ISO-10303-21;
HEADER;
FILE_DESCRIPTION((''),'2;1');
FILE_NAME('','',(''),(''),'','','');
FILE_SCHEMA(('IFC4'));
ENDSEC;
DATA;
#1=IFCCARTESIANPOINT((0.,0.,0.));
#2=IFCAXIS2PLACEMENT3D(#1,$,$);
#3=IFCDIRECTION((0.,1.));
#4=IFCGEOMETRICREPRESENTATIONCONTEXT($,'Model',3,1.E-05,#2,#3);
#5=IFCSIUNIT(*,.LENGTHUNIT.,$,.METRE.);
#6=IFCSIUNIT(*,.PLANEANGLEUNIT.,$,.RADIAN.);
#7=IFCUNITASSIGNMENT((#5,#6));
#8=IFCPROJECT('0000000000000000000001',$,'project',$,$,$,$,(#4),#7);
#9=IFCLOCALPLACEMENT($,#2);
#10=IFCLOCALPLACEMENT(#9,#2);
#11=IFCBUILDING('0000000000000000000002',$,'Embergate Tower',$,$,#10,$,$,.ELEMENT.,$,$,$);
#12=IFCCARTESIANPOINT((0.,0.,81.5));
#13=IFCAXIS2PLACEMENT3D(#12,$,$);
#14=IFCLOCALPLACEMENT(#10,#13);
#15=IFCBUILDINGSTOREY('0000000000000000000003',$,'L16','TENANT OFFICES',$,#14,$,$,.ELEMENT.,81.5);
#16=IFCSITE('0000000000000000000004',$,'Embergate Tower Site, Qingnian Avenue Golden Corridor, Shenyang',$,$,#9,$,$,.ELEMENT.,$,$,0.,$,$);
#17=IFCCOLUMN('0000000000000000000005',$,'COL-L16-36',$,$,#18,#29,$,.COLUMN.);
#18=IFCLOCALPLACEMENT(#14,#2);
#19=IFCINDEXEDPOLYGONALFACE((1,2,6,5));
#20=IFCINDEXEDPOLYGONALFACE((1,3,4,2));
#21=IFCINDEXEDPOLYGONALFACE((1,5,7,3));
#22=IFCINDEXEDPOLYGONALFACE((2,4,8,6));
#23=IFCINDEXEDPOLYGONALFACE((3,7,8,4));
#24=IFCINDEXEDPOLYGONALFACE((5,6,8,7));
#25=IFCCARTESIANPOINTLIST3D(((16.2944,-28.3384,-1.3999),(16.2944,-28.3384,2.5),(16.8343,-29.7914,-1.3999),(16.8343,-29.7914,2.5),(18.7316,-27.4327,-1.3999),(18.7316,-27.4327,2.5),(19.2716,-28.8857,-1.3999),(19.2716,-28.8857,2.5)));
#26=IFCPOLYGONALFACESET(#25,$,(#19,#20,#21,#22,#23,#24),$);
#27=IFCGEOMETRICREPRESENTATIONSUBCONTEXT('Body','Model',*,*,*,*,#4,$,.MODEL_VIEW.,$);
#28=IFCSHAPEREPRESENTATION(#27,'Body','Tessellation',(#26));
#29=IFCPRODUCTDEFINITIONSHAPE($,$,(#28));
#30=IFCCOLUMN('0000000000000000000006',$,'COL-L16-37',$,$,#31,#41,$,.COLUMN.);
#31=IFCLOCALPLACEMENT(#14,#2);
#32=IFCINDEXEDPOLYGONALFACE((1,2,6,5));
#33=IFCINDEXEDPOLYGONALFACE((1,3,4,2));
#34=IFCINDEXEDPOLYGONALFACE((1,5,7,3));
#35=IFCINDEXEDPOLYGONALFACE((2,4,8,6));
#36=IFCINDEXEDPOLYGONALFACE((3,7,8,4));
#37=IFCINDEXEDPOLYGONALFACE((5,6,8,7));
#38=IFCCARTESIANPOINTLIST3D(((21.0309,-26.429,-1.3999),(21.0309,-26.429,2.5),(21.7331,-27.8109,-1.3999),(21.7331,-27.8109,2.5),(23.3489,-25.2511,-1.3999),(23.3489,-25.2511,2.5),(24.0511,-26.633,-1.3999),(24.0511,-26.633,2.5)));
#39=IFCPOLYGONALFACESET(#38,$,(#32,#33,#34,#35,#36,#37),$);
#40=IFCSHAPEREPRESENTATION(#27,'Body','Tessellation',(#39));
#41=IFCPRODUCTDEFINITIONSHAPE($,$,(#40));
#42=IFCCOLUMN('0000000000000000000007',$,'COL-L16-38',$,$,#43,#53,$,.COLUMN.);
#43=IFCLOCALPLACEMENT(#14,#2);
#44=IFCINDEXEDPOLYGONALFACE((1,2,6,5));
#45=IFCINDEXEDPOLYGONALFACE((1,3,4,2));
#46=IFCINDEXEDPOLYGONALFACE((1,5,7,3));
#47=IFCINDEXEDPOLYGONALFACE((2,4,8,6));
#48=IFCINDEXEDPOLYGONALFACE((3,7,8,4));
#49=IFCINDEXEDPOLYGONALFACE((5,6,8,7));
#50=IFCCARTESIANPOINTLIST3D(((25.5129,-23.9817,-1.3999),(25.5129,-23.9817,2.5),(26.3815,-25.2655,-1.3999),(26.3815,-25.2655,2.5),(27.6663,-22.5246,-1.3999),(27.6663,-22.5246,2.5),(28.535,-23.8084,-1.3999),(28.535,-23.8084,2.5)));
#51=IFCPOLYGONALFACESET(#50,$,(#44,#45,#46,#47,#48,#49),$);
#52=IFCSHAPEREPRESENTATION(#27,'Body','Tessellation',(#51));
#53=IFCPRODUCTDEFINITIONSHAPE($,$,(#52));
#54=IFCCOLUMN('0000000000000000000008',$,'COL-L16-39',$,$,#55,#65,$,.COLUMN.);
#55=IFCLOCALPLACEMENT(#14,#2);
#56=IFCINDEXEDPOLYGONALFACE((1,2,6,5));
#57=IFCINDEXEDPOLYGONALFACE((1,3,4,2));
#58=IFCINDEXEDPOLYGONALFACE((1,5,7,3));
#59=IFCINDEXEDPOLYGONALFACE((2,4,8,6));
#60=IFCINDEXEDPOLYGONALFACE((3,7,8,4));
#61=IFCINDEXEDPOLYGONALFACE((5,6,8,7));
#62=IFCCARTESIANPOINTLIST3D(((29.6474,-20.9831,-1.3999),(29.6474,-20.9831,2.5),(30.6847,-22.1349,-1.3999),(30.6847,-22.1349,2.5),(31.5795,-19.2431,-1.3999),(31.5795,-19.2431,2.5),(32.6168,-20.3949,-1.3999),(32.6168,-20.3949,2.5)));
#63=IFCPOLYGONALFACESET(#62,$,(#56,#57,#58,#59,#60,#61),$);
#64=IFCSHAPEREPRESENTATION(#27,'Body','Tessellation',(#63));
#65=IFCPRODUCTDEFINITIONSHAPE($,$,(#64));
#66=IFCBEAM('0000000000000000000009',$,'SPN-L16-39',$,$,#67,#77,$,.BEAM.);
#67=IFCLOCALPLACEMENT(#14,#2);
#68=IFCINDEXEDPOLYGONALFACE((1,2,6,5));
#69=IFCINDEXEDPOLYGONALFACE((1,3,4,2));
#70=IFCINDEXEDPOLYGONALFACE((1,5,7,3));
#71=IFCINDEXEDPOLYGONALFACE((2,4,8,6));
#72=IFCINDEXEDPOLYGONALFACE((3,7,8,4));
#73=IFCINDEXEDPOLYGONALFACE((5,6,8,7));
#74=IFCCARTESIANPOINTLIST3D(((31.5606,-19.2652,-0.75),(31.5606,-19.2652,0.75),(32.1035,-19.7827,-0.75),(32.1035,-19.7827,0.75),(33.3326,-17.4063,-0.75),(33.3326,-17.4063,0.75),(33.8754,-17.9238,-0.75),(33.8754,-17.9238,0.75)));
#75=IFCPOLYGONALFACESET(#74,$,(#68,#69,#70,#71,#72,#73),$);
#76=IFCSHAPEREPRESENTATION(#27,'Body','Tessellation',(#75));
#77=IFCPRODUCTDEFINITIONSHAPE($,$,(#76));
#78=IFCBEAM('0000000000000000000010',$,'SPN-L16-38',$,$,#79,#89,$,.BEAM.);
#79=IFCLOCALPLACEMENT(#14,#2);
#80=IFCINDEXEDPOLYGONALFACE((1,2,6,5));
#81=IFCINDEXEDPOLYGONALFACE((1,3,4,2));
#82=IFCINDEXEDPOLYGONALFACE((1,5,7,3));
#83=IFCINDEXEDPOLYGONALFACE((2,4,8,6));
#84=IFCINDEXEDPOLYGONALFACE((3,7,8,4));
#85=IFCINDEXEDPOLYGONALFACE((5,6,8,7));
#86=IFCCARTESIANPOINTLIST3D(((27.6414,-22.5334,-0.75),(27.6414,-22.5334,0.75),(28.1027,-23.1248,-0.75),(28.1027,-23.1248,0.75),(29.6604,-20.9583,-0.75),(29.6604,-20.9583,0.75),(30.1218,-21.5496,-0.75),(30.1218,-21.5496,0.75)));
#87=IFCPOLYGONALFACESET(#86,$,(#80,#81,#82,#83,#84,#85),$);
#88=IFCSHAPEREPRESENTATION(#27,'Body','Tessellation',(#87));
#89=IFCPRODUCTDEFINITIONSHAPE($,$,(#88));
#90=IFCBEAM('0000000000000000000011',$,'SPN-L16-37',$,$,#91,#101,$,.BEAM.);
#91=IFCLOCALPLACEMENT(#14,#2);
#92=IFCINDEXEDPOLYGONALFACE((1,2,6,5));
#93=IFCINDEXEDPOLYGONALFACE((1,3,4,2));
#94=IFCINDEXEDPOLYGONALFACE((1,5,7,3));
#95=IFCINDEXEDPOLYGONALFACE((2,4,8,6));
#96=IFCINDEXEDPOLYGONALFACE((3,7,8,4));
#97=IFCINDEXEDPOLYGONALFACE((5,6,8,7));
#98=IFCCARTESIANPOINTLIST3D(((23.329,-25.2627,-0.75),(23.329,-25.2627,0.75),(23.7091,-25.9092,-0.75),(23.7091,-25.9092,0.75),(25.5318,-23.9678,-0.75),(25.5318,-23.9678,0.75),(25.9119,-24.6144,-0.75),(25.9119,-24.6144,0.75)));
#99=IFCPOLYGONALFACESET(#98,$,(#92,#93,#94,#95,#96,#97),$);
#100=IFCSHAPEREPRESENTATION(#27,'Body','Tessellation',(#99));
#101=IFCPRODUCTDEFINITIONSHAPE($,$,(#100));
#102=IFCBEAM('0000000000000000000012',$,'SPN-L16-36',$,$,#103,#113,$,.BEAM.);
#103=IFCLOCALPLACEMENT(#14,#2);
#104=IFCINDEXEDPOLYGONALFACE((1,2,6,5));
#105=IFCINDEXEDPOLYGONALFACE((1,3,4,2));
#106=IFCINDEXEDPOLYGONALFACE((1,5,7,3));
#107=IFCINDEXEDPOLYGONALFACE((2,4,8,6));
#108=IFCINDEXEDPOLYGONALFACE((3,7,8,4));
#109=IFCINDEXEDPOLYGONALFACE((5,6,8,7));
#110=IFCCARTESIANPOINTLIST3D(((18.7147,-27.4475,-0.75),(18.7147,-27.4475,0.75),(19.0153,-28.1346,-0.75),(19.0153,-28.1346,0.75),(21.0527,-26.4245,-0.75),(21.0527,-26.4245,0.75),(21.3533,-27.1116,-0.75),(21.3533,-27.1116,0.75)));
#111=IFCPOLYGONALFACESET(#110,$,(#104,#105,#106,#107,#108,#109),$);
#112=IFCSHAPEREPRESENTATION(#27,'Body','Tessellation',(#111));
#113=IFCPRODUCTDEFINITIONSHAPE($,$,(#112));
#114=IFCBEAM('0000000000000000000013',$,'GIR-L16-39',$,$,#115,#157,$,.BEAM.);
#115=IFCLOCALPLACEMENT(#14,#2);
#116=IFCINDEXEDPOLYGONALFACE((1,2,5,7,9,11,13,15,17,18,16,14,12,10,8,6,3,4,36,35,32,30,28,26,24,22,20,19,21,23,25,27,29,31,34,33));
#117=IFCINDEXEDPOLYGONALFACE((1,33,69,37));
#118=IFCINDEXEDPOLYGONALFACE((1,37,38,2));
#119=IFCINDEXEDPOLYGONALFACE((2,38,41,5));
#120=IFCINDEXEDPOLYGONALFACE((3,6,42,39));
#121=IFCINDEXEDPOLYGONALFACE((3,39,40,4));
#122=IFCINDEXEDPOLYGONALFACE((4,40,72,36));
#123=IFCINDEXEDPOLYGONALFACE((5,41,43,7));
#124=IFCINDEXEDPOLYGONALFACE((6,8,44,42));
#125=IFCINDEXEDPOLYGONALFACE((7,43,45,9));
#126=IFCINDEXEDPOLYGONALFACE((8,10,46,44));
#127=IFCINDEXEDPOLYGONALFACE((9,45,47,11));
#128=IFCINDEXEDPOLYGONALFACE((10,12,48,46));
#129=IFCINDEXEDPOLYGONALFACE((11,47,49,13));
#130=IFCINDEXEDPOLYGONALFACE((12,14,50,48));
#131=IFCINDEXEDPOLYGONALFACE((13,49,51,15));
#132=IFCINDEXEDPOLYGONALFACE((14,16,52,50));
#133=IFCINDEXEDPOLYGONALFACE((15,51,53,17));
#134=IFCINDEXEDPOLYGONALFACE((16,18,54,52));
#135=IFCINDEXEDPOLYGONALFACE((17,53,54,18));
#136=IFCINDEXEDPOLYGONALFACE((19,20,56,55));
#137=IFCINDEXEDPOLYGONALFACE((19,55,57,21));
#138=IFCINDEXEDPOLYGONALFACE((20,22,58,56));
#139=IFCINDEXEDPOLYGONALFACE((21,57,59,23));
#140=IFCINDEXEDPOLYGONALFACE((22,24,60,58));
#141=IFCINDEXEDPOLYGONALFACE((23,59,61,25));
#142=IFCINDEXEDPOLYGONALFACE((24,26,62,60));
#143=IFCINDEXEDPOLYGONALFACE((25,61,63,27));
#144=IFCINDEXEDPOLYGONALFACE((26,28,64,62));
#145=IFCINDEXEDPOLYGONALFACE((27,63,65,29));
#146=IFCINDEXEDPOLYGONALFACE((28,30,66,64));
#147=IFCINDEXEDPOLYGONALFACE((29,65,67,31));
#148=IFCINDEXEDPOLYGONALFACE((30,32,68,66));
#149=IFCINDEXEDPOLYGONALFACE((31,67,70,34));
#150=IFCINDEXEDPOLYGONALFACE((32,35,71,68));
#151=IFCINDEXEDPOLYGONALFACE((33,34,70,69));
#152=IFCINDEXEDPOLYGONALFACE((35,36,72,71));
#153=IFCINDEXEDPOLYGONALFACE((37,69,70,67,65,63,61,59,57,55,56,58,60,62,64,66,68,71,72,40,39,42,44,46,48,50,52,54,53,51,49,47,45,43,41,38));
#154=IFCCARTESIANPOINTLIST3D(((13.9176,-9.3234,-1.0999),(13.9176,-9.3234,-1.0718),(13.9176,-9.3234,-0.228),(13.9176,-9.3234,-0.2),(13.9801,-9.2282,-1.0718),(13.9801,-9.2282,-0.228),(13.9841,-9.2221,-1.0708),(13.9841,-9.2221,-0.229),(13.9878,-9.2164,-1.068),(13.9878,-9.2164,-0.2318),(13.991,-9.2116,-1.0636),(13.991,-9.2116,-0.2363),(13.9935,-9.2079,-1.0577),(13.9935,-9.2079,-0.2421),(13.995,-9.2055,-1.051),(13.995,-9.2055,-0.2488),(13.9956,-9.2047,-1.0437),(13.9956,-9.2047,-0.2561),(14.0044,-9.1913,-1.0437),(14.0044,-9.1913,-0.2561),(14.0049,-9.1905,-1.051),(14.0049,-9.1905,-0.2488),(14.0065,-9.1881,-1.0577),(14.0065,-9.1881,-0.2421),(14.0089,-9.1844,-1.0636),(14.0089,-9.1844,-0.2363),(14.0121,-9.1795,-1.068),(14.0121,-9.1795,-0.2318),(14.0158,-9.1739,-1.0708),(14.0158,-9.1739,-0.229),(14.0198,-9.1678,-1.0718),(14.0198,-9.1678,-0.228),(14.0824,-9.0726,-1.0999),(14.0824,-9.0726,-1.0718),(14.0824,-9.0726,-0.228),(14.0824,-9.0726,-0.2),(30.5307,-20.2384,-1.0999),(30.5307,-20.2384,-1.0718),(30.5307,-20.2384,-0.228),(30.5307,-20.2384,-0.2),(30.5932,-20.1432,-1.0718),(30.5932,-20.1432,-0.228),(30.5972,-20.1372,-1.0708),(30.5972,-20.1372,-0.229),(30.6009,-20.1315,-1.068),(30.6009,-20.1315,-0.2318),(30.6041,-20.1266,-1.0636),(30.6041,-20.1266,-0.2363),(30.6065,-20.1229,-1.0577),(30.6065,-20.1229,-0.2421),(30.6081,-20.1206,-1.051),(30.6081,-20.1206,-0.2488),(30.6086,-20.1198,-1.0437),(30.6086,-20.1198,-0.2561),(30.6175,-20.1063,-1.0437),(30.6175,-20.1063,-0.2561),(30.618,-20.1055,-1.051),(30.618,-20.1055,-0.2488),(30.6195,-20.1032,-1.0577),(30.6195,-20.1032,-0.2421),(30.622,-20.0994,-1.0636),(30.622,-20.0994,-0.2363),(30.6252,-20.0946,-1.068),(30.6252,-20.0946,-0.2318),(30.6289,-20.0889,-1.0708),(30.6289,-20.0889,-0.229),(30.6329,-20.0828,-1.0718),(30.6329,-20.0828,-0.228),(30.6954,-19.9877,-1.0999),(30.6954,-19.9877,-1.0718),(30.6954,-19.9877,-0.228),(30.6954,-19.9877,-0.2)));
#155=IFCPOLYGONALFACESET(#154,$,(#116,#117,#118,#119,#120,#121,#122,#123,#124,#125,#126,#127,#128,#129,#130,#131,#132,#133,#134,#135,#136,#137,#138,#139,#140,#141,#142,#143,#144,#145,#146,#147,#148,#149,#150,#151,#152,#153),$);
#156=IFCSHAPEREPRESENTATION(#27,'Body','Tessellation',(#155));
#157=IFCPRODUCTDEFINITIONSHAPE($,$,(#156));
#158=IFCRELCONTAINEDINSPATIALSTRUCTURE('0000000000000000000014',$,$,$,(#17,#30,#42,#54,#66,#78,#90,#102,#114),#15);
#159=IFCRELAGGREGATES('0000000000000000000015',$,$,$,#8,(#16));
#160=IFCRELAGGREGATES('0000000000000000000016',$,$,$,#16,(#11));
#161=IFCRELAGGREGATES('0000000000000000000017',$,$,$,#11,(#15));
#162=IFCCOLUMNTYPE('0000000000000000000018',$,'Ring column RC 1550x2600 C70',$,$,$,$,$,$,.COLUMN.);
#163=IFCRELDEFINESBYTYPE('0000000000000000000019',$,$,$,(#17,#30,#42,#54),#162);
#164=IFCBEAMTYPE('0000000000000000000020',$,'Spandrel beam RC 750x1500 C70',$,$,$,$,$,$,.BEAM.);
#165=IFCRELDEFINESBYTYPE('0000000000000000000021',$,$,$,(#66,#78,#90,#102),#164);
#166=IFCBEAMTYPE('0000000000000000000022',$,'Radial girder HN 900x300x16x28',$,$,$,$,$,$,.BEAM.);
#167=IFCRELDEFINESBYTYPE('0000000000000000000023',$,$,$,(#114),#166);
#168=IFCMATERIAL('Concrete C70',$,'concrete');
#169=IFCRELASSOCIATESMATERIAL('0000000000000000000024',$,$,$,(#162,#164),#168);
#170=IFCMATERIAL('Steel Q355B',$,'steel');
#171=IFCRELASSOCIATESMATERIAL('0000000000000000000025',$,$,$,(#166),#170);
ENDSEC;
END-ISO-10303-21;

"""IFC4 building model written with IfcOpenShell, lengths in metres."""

from ifc_helpers import new_model, si_unit, direction, frame, origin, origin_2d, place, context, subcontext, project, spatial, rectangle, i_section, extrude, source, transform, mapped, material, material_profile, profile_set, type_object, element, save


model = new_model("IFC4")

# Units and contexts
model_context = context("Model", 3, precision=1e-05, world=origin(), true_north=direction((0.0, 1.0)))
body_context = subcontext(model_context, "Body", "Model", "MODEL_VIEW")
ifc_project = project(units=[si_unit("LENGTHUNIT", "METRE"), si_unit("PLANEANGLEUNIT", "RADIAN")], contexts=[model_context])

# Site, building, storey
site_placement = place(None, origin())
site = spatial("IfcSite", under=ifc_project, at=site_placement, Name="Embergate Tower Site, Qingnian Avenue Golden Corridor, Shenyang", CompositionType="ELEMENT", RefElevation=0.0)
building_placement = place(site_placement, origin())
building = spatial("IfcBuilding", under=site, at=building_placement, Name="Embergate Tower", CompositionType="ELEMENT")
storey_placement = place(building_placement, frame((0.0, 0.0, 81.5)))
storey = spatial("IfcBuildingStorey", under=building, at=storey_placement, Name="L16", Description="TENANT OFFICES", CompositionType="ELEMENT", Elevation=81.5)

# Columns
ifc_material_1 = material(Name="Concrete C70", Category="concrete")
ifc_material_profile_1 = material_profile(ifc_material_1, rectangle(XDim=1.55, YDim=2.6001, at=origin_2d()), Name="RC 1550x2600")
ifc_profile_set_1 = profile_set([ifc_material_profile_1], Name="Concrete C70")
column_type = type_object("IfcColumnType", Name="Ring column RC 1550x2600 C70", PredefinedType="COLUMN", material=ifc_profile_set_1)
shared_shape_1 = source(origin(), body_context, "Body", "SweptSolid", [
    extrude(rectangle(XDim=1.55, YDim=2.6001, at=origin_2d()), origin(), (0.0, 0.0, 1.0), 3.8999),
])
for number, where, z_axis, x_axis, name in (
    (1, (17.783, -28.6121, -1.3999), (0.0, 0.0, 1.0), (0.348343, -0.937367, 0.0), "COL-L16-36"),
    (2, (22.541, -26.531, -1.3999), (0.0, 0.0, 1.0), (0.452995, -0.891513, 0.0), "COL-L16-37"),
    (3, (27.0239, -23.895, -1.3999), (0.0, 0.0, 1.0), (0.560393, -0.828227, 0.0), "COL-L16-38"),
    (4, (31.1321, -20.689, -1.3999), (0.0, 0.0, 1.0), (0.669208, -0.743075, 0.0), "COL-L16-39"),
):
    element("IfcColumn", number, at=place(storey_placement, frame(where, z_axis=z_axis, x_axis=x_axis)), inside=storey, type_object=column_type, Name=name, PredefinedType="COLUMN", context=body_context, shape_type="MappedRepresentation", body=[
        mapped(shared_shape_1, transform((0.0, 0.0, 0.0))),
    ])

# Beams
ifc_material_profile_2 = material_profile(ifc_material_1, rectangle(XDim=0.75, YDim=1.5, at=origin_2d()), Name="RC 750x1500")
ifc_profile_set_2 = profile_set([ifc_material_profile_2], Name="Concrete C70")
beam_type_1 = type_object("IfcBeamType", Name="Spandrel beam RC 750x1500 C70", PredefinedType="BEAM", material=ifc_profile_set_2)
shared_shape_2 = source(origin(), body_context, "Body", "SweptSolid", [
    extrude(rectangle(XDim=0.75, YDim=1.5, at=origin_2d()), origin(), (0.0, 0.0, 1.0), 2.5681),
])
beam_1_placement = place(storey_placement, frame((31.832, -19.5239, 0.0), z_axis=(0.689983, 0.723826, 0.0), x_axis=(-0.723826, 0.689983, 0.0)))
element("IfcBeam", 5, at=beam_1_placement, inside=storey, type_object=beam_type_1, Name="SPN-L16-39", PredefinedType="BEAM", context=body_context, shape_type="MappedRepresentation", body=[
    mapped(shared_shape_2, transform((0.0, 0.0, 0.0))),
])
shared_shape_3 = source(origin(), body_context, "Body", "SweptSolid", [
    extrude(rectangle(XDim=0.75, YDim=1.5, at=origin_2d()), origin(), (0.0, 0.0, 1.0), 2.5608),
])
beam_2_placement = place(storey_placement, frame((27.8721, -22.8291, 0.0), z_axis=(0.788438, 0.615115, 0.0), x_axis=(-0.615115, 0.788438, 0.0)))
element("IfcBeam", 6, at=beam_2_placement, inside=storey, type_object=beam_type_1, Name="SPN-L16-38", PredefinedType="BEAM", context=body_context, shape_type="MappedRepresentation", body=[
    mapped(shared_shape_3, transform((0.0, 0.0, 0.0))),
])
shared_shape_4 = source(origin(), body_context, "Body", "SweptSolid", [
    extrude(rectangle(XDim=0.75, YDim=1.5, at=origin_2d()), origin(), (0.0, 0.0, 1.0), 2.5552),
])
beam_3_placement = place(storey_placement, frame((23.519, -25.5859, 0.0), z_axis=(0.862086, 0.506761, 0.0), x_axis=(-0.506761, 0.862086, 0.0)))
element("IfcBeam", 7, at=beam_3_placement, inside=storey, type_object=beam_type_1, Name="SPN-L16-37", PredefinedType="BEAM", context=body_context, shape_type="MappedRepresentation", body=[
    mapped(shared_shape_4, transform((0.0, 0.0, 0.0))),
])
shared_shape_5 = source(origin(), body_context, "Body", "SweptSolid", [
    extrude(rectangle(XDim=0.75, YDim=1.5, at=origin_2d()), origin(), (0.0, 0.0, 1.0), 2.552),
])
beam_4_placement = place(storey_placement, frame((18.865, -27.791, 0.0), z_axis=(0.91614, 0.400859, 0.0), x_axis=(-0.400859, 0.91614, 0.0)))
element("IfcBeam", 8, at=beam_4_placement, inside=storey, type_object=beam_type_1, Name="SPN-L16-36", PredefinedType="BEAM", context=body_context, shape_type="MappedRepresentation", body=[
    mapped(shared_shape_5, transform((0.0, 0.0, 0.0))),
])
ifc_material_2 = material(Name="Steel Q355B", Category="steel")
ifc_material_profile_3 = material_profile(ifc_material_2, i_section(OverallWidth=0.3, OverallDepth=0.8999, WebThickness=0.0161, FlangeThickness=0.0281, FilletRadius=0.0281, at=origin_2d()), Name="HN 900x300x16x28")
ifc_profile_set_3 = profile_set([ifc_material_profile_3], Name="Steel Q355 grade B")
beam_type_2 = type_object("IfcBeamType", Name="Radial girder HN 900x300x16x28", PredefinedType="BEAM", material=ifc_profile_set_3)
shared_shape_6 = source(origin(), body_context, "Body", "SweptSolid", [
    extrude(i_section(OverallWidth=0.3, OverallDepth=0.8999, WebThickness=0.0161, FlangeThickness=0.0281, FilletRadius=0.0281, at=origin_2d()), origin(), (0.0, 0.0, 1.0), 19.8779),
])
beam_5_placement = place(storey_placement, frame((30.613, -20.113, -0.6499), z_axis=(-0.835754, 0.549104, 0.0), x_axis=(-0.549104, -0.835754, 0.0)))
element("IfcBeam", 9, at=beam_5_placement, inside=storey, type_object=beam_type_2, Name="GIR-L16-39", PredefinedType="BEAM", context=body_context, shape_type="MappedRepresentation", body=[
    mapped(shared_shape_6, transform((0.0, 0.0, 0.0))),
])

save(model, "model.ifc")
